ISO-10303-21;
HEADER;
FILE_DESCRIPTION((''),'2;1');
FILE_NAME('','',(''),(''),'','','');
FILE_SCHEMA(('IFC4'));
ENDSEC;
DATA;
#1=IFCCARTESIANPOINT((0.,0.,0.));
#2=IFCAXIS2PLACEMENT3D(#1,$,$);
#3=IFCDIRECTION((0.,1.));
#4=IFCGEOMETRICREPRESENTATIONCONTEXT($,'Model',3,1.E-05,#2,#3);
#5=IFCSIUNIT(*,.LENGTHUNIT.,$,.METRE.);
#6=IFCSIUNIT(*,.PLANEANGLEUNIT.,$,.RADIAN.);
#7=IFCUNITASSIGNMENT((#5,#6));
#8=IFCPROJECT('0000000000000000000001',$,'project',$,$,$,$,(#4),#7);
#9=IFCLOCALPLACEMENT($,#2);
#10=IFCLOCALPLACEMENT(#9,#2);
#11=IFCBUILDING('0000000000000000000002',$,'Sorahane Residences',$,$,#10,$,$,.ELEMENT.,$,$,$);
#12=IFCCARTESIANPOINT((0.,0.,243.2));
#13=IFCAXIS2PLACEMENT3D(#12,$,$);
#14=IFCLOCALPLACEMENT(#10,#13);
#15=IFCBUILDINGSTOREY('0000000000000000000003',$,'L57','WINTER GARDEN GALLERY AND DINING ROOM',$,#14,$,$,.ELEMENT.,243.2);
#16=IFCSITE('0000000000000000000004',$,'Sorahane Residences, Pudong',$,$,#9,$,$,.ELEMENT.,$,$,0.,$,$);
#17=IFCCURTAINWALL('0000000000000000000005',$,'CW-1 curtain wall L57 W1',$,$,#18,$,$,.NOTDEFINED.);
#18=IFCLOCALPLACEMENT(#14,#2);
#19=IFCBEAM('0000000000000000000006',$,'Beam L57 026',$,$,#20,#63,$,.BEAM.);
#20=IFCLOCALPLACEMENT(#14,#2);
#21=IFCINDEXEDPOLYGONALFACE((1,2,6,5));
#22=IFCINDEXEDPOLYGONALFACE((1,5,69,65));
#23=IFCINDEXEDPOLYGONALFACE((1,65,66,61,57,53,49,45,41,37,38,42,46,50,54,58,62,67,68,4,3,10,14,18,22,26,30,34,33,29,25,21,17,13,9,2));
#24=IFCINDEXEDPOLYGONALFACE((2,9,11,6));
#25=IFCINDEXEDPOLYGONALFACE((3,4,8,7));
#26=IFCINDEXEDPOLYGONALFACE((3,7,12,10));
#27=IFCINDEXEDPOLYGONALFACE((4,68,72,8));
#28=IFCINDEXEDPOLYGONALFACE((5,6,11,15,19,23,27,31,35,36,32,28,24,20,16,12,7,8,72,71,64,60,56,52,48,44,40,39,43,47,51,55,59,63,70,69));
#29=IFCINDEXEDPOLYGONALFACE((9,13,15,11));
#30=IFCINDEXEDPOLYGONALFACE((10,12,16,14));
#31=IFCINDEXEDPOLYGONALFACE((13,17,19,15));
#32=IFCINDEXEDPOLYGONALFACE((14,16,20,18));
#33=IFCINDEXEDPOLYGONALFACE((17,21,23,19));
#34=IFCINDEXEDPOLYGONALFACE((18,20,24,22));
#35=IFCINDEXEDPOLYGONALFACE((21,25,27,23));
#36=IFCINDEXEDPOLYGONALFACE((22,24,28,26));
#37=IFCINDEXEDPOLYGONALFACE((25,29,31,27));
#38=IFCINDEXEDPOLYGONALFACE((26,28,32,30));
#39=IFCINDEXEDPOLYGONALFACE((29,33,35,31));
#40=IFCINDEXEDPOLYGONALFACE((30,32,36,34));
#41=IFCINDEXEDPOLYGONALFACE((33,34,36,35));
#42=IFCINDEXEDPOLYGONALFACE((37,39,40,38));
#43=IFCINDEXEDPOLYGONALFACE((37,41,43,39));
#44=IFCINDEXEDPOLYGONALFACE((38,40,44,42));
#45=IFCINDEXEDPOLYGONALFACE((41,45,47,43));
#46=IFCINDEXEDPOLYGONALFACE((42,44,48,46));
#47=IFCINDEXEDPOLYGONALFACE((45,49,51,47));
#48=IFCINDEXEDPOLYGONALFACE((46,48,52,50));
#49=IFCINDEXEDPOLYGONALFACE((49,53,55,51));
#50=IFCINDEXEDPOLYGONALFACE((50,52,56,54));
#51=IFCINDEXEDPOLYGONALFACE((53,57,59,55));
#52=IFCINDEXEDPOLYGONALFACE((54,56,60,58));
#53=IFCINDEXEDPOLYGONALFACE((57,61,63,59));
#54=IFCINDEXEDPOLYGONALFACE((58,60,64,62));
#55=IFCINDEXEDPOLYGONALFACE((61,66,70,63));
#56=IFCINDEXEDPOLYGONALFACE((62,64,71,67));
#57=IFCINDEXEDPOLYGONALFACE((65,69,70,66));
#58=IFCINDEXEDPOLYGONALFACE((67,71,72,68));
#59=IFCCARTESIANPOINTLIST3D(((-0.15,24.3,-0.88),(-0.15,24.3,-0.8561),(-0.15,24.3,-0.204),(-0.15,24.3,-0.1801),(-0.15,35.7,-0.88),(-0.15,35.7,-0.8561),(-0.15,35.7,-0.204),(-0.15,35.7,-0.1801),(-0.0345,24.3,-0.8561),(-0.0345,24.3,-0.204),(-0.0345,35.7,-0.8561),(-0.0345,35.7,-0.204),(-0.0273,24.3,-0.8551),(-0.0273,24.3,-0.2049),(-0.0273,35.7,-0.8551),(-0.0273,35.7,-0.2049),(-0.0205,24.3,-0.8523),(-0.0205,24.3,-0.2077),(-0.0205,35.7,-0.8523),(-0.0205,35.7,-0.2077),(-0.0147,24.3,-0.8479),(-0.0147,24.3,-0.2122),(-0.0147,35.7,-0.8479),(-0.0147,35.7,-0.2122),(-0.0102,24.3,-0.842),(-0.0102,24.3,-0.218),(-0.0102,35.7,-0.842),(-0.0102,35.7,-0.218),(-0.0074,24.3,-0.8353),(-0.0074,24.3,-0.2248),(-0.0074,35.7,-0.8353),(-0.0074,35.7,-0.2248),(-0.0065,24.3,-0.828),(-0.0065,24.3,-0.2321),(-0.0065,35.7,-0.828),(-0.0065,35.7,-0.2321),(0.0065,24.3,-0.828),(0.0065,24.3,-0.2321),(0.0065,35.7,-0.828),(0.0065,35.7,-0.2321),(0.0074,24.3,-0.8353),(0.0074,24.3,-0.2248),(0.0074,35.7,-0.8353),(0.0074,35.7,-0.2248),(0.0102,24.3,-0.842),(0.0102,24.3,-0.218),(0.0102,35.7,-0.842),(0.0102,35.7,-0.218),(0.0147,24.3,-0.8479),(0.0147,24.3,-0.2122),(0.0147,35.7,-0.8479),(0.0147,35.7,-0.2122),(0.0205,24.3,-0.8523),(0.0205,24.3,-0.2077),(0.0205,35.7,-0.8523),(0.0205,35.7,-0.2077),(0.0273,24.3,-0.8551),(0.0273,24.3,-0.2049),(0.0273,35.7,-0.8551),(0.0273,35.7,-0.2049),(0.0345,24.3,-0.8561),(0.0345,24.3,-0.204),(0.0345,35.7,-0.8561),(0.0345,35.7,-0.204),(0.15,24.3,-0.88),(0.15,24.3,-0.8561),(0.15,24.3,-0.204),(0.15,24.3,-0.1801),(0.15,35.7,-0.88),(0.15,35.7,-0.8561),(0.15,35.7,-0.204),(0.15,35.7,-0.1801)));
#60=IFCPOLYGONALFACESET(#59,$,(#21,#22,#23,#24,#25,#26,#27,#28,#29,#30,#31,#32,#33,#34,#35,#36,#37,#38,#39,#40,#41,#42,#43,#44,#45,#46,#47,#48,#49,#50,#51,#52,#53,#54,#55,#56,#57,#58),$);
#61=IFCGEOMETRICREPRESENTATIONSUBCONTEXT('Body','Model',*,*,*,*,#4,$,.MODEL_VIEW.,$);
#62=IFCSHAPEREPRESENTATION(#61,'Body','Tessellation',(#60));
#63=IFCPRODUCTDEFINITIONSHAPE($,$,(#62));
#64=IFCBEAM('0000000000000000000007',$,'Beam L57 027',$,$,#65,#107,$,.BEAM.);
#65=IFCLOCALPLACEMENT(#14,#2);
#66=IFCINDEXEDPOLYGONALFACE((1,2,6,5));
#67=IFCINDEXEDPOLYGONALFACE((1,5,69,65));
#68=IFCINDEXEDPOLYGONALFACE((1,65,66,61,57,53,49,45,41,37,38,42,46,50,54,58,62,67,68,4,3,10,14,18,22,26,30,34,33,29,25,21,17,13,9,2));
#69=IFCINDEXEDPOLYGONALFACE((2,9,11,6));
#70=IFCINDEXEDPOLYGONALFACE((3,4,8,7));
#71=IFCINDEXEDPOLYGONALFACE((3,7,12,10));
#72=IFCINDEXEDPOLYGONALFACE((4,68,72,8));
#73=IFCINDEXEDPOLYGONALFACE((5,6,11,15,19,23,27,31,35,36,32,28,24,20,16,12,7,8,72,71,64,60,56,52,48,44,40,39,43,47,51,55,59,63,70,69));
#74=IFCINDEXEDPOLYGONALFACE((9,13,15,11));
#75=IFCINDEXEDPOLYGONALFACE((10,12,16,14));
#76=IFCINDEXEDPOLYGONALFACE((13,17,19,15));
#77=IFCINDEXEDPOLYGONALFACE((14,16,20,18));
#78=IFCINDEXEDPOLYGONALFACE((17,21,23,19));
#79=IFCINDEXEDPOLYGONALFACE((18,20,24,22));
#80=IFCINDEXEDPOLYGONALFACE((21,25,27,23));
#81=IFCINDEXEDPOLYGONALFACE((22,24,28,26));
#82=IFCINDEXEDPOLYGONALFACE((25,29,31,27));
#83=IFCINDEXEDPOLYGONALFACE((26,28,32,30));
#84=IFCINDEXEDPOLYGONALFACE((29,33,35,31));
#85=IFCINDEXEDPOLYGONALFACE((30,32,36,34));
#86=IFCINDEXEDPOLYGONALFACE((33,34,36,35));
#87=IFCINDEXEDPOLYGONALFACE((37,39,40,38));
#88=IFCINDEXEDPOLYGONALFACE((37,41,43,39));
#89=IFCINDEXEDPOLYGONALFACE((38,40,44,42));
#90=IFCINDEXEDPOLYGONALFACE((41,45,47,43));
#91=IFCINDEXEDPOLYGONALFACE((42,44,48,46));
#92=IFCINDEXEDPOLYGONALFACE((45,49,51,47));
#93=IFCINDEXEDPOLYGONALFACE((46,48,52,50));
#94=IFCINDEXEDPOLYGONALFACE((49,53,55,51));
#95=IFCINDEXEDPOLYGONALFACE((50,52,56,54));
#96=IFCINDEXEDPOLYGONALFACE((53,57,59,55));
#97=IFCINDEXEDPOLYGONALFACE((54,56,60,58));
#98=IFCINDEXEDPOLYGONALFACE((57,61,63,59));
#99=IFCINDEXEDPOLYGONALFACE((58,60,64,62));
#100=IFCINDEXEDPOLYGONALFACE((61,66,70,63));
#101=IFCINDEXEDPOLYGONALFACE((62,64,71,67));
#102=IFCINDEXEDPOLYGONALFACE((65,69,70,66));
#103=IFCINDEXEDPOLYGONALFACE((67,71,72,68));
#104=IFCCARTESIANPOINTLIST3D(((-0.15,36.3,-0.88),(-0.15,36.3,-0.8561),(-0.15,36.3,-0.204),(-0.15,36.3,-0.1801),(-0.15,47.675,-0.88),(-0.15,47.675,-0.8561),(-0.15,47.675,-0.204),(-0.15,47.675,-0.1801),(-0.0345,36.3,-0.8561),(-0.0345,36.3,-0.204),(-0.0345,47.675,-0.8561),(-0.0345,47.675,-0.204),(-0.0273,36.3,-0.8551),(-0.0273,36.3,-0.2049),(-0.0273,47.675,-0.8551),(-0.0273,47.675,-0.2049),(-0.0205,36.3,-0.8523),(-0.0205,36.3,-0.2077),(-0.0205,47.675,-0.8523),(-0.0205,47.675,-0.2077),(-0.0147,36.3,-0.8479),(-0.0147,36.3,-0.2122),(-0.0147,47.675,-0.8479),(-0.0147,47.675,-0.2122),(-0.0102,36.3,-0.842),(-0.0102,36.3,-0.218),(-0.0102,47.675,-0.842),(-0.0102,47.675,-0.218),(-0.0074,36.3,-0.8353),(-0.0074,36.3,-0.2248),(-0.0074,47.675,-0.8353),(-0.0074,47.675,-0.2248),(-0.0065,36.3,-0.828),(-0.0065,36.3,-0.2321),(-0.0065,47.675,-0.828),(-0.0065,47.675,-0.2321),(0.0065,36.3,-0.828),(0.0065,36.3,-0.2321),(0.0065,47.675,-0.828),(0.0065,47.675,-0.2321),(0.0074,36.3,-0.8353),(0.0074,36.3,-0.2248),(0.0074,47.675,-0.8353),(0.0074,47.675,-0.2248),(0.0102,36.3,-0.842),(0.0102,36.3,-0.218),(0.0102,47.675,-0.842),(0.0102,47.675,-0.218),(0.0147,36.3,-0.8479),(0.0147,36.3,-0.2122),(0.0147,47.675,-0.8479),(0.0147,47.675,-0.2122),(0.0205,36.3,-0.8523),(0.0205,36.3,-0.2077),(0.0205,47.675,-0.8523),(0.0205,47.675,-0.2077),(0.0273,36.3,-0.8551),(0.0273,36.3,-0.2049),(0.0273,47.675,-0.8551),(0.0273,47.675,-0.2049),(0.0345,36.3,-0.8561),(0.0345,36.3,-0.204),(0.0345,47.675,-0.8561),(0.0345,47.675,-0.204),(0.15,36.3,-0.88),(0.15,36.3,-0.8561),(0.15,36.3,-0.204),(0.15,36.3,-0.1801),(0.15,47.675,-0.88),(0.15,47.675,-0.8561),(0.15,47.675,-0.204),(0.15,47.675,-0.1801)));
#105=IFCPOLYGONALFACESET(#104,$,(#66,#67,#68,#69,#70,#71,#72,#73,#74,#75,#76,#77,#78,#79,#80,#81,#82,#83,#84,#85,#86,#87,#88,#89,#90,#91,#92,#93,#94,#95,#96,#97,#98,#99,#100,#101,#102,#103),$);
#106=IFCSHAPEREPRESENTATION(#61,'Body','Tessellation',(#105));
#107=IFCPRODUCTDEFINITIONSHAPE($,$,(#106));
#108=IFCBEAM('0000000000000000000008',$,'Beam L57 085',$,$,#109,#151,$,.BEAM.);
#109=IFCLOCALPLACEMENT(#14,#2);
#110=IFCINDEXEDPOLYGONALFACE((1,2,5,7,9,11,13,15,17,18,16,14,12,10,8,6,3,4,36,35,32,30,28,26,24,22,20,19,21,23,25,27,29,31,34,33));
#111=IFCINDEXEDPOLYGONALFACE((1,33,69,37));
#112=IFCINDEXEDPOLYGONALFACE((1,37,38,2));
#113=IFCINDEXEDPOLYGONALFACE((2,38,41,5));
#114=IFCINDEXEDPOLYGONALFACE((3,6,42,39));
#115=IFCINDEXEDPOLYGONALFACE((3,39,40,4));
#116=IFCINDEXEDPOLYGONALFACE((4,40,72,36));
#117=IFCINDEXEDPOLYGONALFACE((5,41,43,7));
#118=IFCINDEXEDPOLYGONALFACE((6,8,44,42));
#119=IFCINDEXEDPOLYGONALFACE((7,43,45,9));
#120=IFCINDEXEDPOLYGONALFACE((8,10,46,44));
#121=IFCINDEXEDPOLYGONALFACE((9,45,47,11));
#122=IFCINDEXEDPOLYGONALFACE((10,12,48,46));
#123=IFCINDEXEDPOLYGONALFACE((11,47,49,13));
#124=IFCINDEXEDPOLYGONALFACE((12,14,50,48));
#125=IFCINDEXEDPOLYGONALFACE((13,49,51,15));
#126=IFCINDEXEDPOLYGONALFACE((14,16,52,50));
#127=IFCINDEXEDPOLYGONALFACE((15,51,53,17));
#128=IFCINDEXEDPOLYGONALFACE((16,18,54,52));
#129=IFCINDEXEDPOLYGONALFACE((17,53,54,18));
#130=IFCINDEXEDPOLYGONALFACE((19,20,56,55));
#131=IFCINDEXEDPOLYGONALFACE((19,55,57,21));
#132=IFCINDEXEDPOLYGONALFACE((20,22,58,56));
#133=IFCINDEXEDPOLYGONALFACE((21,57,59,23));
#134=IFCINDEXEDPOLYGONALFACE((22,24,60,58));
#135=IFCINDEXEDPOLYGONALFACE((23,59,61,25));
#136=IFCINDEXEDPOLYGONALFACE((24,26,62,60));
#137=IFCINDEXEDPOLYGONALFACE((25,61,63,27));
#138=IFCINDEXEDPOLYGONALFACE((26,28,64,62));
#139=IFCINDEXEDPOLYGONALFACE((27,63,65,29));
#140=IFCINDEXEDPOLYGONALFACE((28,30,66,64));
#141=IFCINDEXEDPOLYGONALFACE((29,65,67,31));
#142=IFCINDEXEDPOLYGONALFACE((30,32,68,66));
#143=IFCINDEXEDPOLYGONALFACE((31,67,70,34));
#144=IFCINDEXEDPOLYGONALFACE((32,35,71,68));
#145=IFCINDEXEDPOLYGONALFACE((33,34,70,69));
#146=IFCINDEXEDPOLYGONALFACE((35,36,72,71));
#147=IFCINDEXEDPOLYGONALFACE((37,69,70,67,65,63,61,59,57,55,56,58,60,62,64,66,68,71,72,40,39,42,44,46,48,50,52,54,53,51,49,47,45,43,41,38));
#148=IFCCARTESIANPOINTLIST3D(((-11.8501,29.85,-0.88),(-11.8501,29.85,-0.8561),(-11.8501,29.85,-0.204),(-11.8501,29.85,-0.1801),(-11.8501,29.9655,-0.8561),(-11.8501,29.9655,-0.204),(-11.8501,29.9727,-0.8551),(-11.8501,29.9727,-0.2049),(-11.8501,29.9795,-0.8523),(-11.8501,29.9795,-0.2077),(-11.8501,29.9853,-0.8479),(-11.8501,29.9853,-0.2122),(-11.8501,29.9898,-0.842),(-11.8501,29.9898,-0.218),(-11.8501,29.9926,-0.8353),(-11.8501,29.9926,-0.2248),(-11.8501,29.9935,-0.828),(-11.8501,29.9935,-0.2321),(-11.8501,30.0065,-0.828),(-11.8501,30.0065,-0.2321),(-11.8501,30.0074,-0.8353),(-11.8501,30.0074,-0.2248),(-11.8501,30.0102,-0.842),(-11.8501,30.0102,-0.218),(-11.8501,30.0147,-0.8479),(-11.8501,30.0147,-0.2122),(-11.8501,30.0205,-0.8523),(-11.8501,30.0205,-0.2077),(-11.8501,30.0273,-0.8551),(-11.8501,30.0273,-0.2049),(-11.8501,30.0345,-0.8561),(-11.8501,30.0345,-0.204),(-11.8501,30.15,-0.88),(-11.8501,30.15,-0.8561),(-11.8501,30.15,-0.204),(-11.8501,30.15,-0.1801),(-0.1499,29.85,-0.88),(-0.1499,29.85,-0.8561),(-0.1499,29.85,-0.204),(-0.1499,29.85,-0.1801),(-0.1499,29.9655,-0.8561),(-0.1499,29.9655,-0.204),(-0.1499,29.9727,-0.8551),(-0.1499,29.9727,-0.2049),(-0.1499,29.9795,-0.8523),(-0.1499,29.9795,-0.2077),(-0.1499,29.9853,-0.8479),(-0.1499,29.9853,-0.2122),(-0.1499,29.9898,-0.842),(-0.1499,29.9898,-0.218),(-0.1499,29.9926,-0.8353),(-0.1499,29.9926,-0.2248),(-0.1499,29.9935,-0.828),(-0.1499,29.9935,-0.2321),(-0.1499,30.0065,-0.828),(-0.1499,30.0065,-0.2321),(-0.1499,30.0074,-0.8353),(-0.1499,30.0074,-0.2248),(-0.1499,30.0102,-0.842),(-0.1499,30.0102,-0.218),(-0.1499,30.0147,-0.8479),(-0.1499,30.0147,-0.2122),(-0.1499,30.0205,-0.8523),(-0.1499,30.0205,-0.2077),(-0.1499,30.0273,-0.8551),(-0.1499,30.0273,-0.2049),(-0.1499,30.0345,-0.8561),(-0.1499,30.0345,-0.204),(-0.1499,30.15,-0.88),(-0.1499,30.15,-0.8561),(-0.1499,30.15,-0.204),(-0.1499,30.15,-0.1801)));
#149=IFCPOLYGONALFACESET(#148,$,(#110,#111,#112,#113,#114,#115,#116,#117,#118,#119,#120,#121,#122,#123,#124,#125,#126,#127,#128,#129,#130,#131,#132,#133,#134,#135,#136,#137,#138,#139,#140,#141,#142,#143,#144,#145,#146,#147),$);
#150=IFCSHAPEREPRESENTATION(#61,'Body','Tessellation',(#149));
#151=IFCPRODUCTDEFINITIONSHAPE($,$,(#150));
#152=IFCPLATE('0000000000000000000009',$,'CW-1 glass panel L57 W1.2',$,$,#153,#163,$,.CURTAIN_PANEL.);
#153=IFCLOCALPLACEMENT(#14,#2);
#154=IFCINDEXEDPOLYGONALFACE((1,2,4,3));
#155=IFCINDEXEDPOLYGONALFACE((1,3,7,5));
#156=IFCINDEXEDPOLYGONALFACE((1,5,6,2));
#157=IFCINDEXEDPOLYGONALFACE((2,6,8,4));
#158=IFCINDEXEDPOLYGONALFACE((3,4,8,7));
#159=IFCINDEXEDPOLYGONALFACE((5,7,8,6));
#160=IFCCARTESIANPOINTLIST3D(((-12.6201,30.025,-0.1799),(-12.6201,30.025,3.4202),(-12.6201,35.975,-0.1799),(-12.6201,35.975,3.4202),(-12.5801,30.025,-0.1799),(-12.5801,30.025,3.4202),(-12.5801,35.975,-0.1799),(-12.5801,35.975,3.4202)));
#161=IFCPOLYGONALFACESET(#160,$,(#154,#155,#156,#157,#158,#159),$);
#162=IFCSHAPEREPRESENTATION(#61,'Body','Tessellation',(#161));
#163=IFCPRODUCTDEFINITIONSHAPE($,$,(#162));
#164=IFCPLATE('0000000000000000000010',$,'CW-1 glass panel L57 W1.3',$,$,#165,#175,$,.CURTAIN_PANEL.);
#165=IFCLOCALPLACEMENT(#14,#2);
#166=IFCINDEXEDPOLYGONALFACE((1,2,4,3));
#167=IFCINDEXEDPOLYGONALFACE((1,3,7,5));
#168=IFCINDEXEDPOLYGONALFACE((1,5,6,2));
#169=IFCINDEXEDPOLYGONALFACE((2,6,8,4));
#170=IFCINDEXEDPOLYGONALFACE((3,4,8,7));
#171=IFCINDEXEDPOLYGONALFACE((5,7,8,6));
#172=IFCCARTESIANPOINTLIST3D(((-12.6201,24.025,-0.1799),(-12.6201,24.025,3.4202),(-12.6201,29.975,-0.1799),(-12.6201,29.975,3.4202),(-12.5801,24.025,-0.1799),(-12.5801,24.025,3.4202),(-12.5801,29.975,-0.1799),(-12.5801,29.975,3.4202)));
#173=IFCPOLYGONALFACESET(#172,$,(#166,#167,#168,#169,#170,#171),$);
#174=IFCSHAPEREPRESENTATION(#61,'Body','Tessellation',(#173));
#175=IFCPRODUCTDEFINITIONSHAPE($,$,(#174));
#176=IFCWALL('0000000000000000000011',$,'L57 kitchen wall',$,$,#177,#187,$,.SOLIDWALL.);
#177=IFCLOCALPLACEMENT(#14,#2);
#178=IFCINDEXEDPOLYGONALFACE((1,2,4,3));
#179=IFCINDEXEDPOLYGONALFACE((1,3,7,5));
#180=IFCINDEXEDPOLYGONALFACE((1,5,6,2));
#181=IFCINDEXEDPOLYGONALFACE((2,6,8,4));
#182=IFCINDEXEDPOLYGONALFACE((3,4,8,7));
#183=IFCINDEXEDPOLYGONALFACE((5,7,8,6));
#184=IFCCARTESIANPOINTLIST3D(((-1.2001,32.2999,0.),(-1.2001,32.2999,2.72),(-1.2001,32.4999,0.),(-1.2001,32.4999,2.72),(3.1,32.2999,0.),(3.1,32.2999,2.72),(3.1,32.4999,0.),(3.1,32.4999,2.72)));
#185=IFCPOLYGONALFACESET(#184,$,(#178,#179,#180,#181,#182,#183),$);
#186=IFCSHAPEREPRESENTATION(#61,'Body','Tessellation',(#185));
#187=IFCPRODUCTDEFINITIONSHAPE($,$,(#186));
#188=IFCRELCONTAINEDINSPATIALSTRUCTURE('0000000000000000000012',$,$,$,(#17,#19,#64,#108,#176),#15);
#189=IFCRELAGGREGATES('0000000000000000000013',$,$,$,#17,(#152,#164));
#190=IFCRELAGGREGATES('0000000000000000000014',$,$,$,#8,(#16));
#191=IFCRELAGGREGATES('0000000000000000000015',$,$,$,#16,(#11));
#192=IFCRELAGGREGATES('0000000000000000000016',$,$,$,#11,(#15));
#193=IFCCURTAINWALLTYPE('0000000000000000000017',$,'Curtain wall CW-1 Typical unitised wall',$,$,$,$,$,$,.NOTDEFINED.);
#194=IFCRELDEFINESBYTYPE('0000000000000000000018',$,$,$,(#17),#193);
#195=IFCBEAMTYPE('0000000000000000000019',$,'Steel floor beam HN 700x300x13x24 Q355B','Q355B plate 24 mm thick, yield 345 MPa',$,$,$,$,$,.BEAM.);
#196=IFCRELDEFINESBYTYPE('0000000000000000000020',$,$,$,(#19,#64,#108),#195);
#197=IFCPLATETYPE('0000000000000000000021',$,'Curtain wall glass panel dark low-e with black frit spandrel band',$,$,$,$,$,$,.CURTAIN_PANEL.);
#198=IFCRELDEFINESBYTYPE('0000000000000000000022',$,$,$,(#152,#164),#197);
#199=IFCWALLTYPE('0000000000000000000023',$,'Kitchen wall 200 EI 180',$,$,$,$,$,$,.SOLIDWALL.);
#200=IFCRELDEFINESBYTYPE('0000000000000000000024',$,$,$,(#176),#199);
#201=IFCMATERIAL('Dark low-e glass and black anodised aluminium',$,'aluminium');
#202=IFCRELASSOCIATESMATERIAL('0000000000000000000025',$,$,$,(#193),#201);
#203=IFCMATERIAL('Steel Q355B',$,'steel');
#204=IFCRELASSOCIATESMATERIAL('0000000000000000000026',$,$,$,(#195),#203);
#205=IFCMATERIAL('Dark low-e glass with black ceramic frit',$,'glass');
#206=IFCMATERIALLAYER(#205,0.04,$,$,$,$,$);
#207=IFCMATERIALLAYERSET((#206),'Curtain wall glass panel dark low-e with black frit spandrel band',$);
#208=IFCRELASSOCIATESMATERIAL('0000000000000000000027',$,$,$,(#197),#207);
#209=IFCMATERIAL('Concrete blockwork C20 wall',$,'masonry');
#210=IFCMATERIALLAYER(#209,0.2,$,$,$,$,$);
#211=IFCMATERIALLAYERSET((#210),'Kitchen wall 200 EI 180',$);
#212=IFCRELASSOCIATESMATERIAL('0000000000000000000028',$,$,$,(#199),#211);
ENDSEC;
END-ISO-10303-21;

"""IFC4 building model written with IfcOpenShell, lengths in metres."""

from ifc_helpers import new_model, si_unit, direction, frame, frame_2d, origin, origin_2d, place, context, subcontext, project, spatial, rectangle, i_section, extrude, material, layer, layer_set, material_profile, profile_set, type_object, element, aggregate, save


model = new_model("IFC4")

# Units and contexts
model_context = context("Model", 3, precision=1e-05, world=origin(), true_north=direction((0.0, 1.0)))
body_context = subcontext(model_context, "Body", "Model", "MODEL_VIEW")
ifc_project = project(units=[si_unit("LENGTHUNIT", "METRE"), si_unit("PLANEANGLEUNIT", "RADIAN")], contexts=[model_context])

# Site, building, storey
site_placement = place(None, origin())
site = spatial("IfcSite", under=ifc_project, at=site_placement, Name="Sorahane Residences, Pudong", CompositionType="ELEMENT", RefElevation=0.0)
building_placement = place(site_placement, origin())
building = spatial("IfcBuilding", under=site, at=building_placement, Name="Sorahane Residences", CompositionType="ELEMENT")
storey_placement = place(building_placement, frame((0.0, 0.0, 243.2)))
storey = spatial("IfcBuildingStorey", under=building, at=storey_placement, Name="L57", Description="WINTER GARDEN GALLERY AND DINING ROOM", CompositionType="ELEMENT", Elevation=243.2)

# Curtain wall
ifc_material_1 = material(Name="Dark low-e glass and black anodised aluminium", Category="aluminium")
curtain_wall_type = type_object("IfcCurtainWallType", Name="Curtain wall CW-1 Typical unitised wall", PredefinedType="NOTDEFINED", material=ifc_material_1)
curtain_wall_placement = place(storey_placement, origin())
curtain_wall = element("IfcCurtainWall", 1, at=curtain_wall_placement, inside=storey, type_object=curtain_wall_type, Name="CW-1 curtain wall L57 W1", PredefinedType="NOTDEFINED")

# Beams
ifc_material_2 = material(Name="Steel Q355B", Category="steel")
ifc_material_profile_1 = material_profile(ifc_material_2, i_section(OverallWidth=0.3, OverallDepth=0.7, WebThickness=0.0129, FlangeThickness=0.0239, FilletRadius=0.0281, at=origin_2d()), Name="HN 700x300x13x24")
ifc_profile_set_1 = profile_set([ifc_material_profile_1], Name="Steel Q355B")
beam_type_1 = type_object("IfcBeamType", Name="Steel floor beam HN 700x300x13x24 Q355B", Description="Q355B plate 24 mm thick, yield 345 MPa", PredefinedType="BEAM", material=ifc_profile_set_1)
beam_1_placement = place(storey_placement, frame((0.0, 24.3, -0.53), z_axis=(0.0, 1.0, 0.0), x_axis=(-1.0, 0.0, 0.0)))
element("IfcBeam", 2, at=beam_1_placement, inside=storey, type_object=beam_type_1, Name="Beam L57 026", PredefinedType="BEAM", context=body_context, shape_type="SweptSolid", body=[
    extrude(i_section(OverallWidth=0.3, OverallDepth=0.7, WebThickness=0.0129, FlangeThickness=0.0239, FilletRadius=0.0281, at=origin_2d()), origin(), (0.0, 0.0, 1.0), 11.3999),
])
beam_2_placement = place(storey_placement, frame((0.0, 36.3, -0.53), z_axis=(0.0, 1.0, 0.0), x_axis=(-1.0, 0.0, 0.0)))
element("IfcBeam", 3, at=beam_2_placement, inside=storey, type_object=beam_type_1, Name="Beam L57 027", PredefinedType="BEAM", context=body_context, shape_type="SweptSolid", body=[
    extrude(i_section(OverallWidth=0.3, OverallDepth=0.7, WebThickness=0.0129, FlangeThickness=0.0239, FilletRadius=0.0281, at=origin_2d()), origin(), (0.0, 0.0, 1.0), 11.375),
])
beam_3_placement = place(storey_placement, frame((-11.8501, 30.0, -0.53), z_axis=(1.0, 0.0, 0.0), x_axis=(0.0, 1.0, 0.0)))
element("IfcBeam", 4, at=beam_3_placement, inside=storey, type_object=beam_type_1, Name="Beam L57 085", PredefinedType="BEAM", context=body_context, shape_type="SweptSolid", body=[
    extrude(i_section(OverallWidth=0.3, OverallDepth=0.7, WebThickness=0.0129, FlangeThickness=0.0239, FilletRadius=0.0281, at=origin_2d()), origin(), (0.0, 0.0, 1.0), 11.7002),
])

# Plates
ifc_material_3 = material(Name="Dark low-e glass with black ceramic frit", Category="glass")
ifc_layer_1 = layer(ifc_material_3, 0.04)
ifc_layer_set_1 = layer_set([ifc_layer_1], Name="Curtain wall glass panel dark low-e with black frit spandrel band")
plate_type = type_object("IfcPlateType", Name="Curtain wall glass panel dark low-e with black frit spandrel band", PredefinedType="CURTAIN_PANEL", material=ifc_layer_set_1)
plate_1_placement = place(storey_placement, frame((-12.6001, 33.0, -0.1799), z_axis=(0.0, 0.0, 1.0), x_axis=(0.0, -1.0, 0.0)))
plate_1 = element("IfcPlate", 5, at=plate_1_placement, type_object=plate_type, Name="CW-1 glass panel L57 W1.2", PredefinedType="CURTAIN_PANEL", context=body_context, shape_type="SweptSolid", body=[
    extrude(rectangle(XDim=5.95, YDim=0.04, at=origin_2d()), origin(), (0.0, 0.0, 1.0), 3.6001),
])
plate_2_placement = place(storey_placement, frame((-12.6001, 27.0, -0.1799), z_axis=(0.0, 0.0, 1.0), x_axis=(0.0, -1.0, 0.0)))
plate_2 = element("IfcPlate", 6, at=plate_2_placement, type_object=plate_type, Name="CW-1 glass panel L57 W1.3", PredefinedType="CURTAIN_PANEL", context=body_context, shape_type="SweptSolid", body=[
    extrude(rectangle(XDim=5.95, YDim=0.04, at=origin_2d()), origin(), (0.0, 0.0, 1.0), 3.6001),
])
aggregate(curtain_wall, [plate_1, plate_2])

# Shared definitions
ifc_material_4 = material(Name="Concrete blockwork C20 wall", Category="masonry")
ifc_layer_2 = layer(ifc_material_4, 0.2)
ifc_layer_set_2 = layer_set([ifc_layer_2], Name="Kitchen wall 200 EI 180")
wall_type_1 = type_object("IfcWallType", Name="Kitchen wall 200 EI 180", PredefinedType="SOLIDWALL", material=ifc_layer_set_2)

# Wall
wall_1_placement = place(storey_placement, frame((-1.2, 32.3999, 0.0), z_axis=(0.0, 0.0, 1.0), x_axis=(1.0, 0.0, 0.0)))
element("IfcWall", 7, at=wall_1_placement, inside=storey, type_object=wall_type_1, Name="L57 kitchen wall", PredefinedType="SOLIDWALL", context=body_context, shape_type="SweptSolid", body=[
    extrude(rectangle(XDim=4.3, YDim=0.2, at=frame_2d((2.1499, 0.0))), origin(), (0.0, 0.0, 1.0), 2.72),
])

save(model, "model.ifc")
